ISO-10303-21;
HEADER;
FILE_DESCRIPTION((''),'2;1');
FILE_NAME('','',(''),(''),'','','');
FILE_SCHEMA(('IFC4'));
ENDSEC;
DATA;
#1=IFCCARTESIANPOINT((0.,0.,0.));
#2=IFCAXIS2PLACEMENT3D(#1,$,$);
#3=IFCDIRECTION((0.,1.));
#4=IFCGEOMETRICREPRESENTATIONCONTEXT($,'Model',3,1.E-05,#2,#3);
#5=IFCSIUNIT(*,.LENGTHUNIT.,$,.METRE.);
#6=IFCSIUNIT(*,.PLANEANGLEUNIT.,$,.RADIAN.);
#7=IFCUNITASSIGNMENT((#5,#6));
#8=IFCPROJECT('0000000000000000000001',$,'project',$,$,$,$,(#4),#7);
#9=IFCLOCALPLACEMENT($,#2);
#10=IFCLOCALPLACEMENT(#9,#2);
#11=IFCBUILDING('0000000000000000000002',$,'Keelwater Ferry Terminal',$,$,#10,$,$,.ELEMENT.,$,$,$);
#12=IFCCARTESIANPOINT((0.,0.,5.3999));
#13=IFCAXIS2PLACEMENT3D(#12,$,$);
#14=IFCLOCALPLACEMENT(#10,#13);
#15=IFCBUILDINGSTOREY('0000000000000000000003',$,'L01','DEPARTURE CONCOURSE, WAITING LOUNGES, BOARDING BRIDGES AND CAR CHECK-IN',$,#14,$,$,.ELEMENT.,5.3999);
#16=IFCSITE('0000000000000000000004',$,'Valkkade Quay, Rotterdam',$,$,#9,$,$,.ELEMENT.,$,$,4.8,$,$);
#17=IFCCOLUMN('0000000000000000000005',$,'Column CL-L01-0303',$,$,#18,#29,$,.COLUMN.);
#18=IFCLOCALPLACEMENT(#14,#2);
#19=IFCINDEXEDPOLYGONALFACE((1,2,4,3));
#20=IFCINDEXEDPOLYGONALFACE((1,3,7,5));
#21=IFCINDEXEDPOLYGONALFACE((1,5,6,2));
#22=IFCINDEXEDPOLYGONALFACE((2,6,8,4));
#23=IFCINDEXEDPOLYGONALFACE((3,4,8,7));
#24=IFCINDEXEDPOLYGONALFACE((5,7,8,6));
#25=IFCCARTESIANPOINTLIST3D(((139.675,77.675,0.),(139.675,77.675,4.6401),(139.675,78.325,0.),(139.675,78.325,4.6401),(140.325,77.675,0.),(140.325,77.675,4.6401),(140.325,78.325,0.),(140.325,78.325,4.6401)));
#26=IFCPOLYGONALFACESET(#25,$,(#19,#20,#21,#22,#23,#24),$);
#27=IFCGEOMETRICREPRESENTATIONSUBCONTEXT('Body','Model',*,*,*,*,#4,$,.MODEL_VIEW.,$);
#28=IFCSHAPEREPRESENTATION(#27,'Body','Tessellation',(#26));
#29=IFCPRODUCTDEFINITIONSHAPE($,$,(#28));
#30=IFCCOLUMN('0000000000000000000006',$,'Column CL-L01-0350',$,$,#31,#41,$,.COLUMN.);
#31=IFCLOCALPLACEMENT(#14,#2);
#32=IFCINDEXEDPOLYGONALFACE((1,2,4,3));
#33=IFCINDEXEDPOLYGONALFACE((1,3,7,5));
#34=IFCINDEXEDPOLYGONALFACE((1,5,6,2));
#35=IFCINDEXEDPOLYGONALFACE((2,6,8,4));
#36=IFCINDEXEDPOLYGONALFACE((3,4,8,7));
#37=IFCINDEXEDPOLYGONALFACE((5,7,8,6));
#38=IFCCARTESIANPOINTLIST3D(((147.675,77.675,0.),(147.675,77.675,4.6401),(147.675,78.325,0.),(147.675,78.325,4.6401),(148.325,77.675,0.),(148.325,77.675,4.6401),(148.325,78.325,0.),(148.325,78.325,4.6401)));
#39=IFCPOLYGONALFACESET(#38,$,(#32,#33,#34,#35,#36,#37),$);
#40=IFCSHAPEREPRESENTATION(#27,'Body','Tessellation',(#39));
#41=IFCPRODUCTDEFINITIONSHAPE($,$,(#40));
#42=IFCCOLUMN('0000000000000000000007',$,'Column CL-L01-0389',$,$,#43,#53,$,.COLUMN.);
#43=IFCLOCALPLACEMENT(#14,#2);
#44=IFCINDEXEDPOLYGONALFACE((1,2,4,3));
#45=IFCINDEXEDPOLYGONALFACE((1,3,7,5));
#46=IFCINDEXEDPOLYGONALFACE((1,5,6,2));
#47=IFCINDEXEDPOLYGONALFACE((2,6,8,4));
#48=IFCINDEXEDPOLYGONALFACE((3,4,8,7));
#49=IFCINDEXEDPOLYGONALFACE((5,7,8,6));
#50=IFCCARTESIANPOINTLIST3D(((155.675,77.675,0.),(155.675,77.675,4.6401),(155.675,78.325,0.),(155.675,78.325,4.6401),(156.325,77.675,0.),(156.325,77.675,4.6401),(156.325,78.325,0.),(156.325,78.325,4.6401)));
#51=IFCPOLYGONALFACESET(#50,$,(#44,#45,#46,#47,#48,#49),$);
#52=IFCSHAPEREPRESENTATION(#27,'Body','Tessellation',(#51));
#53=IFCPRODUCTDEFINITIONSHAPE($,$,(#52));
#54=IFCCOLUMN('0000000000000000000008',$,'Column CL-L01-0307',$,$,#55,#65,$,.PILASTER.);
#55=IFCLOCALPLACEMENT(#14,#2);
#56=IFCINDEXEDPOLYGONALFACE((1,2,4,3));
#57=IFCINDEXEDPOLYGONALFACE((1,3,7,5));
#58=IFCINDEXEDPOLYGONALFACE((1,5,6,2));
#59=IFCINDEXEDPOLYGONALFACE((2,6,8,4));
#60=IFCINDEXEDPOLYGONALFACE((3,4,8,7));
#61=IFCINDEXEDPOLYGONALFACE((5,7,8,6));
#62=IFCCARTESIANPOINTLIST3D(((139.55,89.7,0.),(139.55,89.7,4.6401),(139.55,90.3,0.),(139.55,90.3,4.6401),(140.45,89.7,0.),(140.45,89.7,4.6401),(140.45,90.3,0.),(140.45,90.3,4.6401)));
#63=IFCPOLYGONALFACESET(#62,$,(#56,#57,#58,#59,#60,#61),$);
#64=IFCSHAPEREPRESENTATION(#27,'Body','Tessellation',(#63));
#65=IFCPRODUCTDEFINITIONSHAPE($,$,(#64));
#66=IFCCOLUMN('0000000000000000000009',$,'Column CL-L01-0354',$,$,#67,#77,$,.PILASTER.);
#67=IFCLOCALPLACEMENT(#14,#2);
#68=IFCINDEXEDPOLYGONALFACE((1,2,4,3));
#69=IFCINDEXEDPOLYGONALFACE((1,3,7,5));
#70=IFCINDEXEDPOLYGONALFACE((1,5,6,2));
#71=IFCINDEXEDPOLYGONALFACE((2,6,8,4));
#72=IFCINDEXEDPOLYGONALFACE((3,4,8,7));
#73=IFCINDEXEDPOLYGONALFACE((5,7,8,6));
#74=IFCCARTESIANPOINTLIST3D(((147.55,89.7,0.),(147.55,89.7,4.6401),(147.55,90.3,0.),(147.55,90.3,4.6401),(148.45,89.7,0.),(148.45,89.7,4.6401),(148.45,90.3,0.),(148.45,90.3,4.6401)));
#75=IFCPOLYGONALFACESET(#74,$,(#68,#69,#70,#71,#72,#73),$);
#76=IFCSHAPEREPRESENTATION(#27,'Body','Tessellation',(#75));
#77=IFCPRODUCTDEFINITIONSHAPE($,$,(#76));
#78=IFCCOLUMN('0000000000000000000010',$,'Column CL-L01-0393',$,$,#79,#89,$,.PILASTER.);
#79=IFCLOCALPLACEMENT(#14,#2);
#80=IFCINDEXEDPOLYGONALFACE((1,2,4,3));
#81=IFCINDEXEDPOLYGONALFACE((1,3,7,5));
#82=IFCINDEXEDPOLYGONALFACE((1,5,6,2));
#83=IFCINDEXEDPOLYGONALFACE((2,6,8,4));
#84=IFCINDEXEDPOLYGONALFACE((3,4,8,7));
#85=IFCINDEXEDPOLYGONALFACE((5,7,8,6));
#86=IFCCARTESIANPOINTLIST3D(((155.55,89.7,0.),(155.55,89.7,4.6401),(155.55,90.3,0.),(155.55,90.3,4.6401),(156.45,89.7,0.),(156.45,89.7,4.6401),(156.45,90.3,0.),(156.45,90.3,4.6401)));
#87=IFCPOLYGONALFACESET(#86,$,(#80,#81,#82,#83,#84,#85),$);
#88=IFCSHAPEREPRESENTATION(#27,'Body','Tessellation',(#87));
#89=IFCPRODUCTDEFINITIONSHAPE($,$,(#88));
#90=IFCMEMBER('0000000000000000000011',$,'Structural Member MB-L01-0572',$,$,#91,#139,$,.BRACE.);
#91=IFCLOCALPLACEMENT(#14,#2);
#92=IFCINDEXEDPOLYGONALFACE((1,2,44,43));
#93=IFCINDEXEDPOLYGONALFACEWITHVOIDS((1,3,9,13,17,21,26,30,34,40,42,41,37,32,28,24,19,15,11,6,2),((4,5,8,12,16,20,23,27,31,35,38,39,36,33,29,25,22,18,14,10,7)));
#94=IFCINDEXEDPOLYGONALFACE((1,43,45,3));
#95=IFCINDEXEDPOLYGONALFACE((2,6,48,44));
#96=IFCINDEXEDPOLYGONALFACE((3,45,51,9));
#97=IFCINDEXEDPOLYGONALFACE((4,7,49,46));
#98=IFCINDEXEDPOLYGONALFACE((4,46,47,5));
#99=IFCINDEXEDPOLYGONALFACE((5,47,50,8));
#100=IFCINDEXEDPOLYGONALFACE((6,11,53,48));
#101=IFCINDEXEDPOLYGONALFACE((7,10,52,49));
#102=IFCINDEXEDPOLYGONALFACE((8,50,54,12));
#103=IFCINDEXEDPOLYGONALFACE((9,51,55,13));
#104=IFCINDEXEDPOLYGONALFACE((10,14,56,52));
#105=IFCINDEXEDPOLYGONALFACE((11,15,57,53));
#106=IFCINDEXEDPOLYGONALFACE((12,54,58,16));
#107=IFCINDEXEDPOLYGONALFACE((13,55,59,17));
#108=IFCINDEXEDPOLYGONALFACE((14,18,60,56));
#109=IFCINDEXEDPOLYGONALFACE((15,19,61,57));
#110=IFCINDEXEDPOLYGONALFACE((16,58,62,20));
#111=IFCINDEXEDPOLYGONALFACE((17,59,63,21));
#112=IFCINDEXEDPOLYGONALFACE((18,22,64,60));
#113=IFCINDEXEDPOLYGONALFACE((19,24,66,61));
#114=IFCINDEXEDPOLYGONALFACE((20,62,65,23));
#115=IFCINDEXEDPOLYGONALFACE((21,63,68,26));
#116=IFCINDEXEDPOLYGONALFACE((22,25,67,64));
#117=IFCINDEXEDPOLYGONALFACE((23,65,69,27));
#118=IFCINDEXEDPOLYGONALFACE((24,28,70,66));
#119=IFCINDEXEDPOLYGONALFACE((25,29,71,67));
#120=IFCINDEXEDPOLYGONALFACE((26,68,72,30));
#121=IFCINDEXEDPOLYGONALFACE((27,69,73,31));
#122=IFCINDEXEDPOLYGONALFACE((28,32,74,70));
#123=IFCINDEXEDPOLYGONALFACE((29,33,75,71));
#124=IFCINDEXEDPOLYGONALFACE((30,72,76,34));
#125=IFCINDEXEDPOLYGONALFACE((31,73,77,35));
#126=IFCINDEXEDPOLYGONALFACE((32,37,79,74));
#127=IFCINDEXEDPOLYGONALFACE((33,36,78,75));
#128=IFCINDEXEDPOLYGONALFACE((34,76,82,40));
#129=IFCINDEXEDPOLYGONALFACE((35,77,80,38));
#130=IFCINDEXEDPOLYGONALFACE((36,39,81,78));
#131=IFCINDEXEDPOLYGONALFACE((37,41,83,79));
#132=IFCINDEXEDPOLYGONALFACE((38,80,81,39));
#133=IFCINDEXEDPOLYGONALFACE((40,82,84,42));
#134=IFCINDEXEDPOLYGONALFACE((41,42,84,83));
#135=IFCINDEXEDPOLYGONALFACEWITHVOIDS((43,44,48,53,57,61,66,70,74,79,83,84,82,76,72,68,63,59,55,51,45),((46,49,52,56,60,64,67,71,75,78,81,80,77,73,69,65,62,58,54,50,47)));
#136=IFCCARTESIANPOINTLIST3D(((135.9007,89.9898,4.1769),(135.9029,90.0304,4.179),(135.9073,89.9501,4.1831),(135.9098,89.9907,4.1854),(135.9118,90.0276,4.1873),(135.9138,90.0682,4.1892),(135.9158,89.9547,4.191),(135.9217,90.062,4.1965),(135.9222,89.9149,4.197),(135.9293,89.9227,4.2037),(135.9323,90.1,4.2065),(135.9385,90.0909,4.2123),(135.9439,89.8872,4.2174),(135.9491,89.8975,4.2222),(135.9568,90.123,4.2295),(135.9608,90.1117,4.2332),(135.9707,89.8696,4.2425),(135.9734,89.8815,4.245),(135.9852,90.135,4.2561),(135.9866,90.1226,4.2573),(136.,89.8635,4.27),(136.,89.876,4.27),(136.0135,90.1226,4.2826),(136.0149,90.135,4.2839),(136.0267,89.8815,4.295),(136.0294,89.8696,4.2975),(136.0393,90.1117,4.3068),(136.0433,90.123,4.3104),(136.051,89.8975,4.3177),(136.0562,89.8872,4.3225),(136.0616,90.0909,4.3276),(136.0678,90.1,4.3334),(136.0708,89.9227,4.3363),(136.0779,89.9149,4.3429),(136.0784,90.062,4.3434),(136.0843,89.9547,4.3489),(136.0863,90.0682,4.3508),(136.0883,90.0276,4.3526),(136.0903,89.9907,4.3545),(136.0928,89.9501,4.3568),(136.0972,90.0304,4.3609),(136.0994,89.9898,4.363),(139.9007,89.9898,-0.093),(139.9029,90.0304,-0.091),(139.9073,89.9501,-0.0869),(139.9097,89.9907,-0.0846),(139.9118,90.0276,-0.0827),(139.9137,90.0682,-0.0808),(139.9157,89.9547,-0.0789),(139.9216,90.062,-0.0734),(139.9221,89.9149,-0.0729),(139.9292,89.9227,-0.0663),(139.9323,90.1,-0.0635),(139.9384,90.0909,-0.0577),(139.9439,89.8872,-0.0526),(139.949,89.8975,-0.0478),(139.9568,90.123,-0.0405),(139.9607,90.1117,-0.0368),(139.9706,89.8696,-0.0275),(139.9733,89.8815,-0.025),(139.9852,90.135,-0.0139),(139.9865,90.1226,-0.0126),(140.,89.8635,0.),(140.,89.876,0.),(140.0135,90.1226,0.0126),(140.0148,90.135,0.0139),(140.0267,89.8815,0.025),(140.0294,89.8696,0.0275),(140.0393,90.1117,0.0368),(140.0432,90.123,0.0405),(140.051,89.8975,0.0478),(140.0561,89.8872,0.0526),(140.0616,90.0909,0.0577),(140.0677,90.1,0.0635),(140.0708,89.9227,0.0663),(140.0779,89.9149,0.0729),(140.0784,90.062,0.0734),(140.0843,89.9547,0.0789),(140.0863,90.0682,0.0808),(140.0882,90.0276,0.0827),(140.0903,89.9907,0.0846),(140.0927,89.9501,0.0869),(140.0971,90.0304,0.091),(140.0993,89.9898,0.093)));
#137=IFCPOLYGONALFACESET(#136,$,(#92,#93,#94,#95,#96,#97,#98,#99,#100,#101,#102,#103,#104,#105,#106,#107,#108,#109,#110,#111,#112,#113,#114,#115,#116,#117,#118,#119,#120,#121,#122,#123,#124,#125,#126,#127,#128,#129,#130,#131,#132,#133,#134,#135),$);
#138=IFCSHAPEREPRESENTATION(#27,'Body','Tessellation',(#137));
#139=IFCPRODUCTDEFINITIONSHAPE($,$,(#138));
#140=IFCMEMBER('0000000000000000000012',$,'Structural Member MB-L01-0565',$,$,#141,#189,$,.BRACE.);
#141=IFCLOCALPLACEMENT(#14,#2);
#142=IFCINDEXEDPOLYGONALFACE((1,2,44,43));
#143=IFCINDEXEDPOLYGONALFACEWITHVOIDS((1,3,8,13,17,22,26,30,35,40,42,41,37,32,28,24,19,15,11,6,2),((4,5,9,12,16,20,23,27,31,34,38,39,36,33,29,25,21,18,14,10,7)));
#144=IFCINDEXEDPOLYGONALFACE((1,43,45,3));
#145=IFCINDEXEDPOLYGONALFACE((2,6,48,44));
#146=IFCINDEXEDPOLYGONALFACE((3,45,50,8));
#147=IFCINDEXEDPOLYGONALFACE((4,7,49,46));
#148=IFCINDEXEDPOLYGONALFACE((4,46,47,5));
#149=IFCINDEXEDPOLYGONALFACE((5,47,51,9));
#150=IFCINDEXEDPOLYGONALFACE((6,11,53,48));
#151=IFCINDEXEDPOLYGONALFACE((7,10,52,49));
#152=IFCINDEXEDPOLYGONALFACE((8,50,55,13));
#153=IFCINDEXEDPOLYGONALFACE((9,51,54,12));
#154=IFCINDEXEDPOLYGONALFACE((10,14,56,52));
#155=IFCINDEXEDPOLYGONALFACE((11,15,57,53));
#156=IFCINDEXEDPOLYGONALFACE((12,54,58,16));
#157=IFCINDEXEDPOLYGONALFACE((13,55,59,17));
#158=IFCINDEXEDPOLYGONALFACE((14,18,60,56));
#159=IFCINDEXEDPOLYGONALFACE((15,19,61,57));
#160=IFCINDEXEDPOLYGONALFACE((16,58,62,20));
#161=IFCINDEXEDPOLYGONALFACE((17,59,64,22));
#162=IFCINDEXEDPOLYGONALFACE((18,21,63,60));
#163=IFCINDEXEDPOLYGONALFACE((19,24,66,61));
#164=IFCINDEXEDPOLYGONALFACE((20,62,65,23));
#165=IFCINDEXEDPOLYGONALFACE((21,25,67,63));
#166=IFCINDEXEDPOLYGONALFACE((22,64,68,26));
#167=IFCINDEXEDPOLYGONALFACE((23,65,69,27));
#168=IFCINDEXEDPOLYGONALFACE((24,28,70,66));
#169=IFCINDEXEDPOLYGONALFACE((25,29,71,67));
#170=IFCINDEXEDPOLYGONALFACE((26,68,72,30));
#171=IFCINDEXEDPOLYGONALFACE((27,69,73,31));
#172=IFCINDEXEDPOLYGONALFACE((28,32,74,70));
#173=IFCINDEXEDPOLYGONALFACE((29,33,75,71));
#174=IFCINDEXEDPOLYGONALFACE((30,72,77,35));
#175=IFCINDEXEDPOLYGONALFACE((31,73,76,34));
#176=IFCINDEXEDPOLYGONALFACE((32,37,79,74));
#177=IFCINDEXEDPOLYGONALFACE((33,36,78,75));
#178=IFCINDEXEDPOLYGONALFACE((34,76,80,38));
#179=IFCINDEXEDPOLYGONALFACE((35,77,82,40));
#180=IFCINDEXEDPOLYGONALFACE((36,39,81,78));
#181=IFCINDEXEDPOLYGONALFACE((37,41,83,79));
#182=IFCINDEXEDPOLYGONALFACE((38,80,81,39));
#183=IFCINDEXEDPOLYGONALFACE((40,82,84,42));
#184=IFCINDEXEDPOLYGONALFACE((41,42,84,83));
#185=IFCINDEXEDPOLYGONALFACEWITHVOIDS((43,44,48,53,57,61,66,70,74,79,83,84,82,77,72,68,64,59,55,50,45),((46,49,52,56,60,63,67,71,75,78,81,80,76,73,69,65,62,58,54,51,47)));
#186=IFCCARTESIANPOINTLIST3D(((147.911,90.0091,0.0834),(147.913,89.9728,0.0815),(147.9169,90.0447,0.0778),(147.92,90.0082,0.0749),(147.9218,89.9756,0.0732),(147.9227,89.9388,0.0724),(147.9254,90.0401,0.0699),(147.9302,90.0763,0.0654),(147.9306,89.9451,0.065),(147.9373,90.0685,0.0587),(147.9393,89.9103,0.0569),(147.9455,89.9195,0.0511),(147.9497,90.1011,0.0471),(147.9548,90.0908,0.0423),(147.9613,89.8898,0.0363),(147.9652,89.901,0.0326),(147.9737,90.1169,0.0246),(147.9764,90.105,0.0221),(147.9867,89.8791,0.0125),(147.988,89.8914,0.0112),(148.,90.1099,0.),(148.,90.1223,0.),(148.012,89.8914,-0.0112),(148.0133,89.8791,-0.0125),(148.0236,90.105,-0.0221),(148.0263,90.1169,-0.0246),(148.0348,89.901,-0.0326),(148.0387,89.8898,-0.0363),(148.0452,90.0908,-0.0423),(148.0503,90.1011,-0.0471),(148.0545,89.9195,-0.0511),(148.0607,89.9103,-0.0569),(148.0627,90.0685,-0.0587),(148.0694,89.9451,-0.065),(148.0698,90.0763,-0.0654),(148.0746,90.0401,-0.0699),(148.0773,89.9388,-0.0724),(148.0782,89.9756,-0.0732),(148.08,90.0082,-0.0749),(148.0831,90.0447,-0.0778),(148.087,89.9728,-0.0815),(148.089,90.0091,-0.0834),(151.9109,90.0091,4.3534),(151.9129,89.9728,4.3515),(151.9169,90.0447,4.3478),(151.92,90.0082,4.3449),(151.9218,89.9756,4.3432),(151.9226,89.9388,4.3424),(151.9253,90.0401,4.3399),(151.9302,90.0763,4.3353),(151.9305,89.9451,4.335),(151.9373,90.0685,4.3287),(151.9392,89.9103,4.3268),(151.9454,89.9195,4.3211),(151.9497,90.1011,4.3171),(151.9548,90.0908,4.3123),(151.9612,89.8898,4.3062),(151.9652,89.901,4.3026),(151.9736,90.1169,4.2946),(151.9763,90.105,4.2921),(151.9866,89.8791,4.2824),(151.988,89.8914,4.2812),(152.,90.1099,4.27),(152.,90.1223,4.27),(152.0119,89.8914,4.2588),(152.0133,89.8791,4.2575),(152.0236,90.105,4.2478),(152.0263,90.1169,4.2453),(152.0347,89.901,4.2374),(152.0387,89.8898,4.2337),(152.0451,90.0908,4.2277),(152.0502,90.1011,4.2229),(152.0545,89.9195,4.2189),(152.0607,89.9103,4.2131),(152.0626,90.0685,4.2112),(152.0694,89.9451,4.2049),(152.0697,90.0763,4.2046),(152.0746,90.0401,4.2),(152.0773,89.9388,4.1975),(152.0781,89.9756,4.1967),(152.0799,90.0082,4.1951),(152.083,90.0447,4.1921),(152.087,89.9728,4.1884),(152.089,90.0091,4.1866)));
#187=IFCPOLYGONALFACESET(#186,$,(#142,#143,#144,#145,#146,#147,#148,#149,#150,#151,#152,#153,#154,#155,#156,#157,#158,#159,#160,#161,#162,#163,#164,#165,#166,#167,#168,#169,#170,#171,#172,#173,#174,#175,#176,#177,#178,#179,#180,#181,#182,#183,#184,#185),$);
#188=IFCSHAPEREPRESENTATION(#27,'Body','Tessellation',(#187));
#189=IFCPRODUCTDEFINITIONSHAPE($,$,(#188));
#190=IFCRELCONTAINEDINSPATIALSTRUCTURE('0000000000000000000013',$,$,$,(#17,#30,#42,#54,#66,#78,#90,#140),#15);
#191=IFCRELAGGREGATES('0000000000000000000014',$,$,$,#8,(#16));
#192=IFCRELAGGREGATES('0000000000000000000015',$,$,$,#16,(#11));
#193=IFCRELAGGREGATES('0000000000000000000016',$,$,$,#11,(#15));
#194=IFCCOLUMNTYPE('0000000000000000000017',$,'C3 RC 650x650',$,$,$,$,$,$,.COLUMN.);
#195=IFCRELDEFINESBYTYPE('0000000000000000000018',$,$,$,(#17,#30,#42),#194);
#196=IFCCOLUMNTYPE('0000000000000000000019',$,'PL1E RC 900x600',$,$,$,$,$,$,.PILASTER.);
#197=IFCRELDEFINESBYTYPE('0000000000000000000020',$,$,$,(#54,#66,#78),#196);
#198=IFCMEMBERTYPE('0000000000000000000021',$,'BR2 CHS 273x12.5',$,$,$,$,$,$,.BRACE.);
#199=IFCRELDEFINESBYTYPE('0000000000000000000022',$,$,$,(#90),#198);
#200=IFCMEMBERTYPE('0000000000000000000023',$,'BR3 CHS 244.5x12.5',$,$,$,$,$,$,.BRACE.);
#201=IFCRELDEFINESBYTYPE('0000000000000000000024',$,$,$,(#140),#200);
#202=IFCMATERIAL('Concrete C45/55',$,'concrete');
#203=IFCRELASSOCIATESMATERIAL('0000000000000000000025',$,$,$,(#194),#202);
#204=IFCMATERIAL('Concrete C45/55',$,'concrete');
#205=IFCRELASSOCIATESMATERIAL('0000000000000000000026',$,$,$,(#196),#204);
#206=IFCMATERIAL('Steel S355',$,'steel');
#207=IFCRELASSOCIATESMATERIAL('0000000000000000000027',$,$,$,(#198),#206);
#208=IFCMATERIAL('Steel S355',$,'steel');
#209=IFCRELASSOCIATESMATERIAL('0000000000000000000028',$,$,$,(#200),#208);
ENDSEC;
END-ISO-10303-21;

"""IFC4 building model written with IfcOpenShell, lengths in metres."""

from ifc_helpers import new_model, si_unit, direction, frame, origin, origin_2d, place, context, subcontext, project, spatial, rectangle, hollow_circle, extrude, material, material_profile, profile_set, type_object, element, save


model = new_model("IFC4")

# Units and contexts
model_context = context("Model", 3, precision=1e-05, world=origin(), true_north=direction((0.0, 1.0)))
body_context = subcontext(model_context, "Body", "Model", "MODEL_VIEW")
ifc_project = project(units=[si_unit("LENGTHUNIT", "METRE"), si_unit("PLANEANGLEUNIT", "RADIAN")], contexts=[model_context])

# Site, building, storey
site_placement = place(None, origin())
site = spatial("IfcSite", under=ifc_project, at=site_placement, Name="Valkkade Quay, Rotterdam", CompositionType="ELEMENT", RefElevation=4.8)
building_placement = place(site_placement, origin())
building = spatial("IfcBuilding", under=site, at=building_placement, Name="Keelwater Ferry Terminal", CompositionType="ELEMENT")
storey_placement = place(building_placement, frame((0.0, 0.0, 5.3999)))
storey = spatial("IfcBuildingStorey", under=building, at=storey_placement, Name="L01", Description="DEPARTURE CONCOURSE, WAITING LOUNGES, BOARDING BRIDGES AND CAR CHECK-IN", CompositionType="ELEMENT", Elevation=5.3999)

# Columns
ifc_material_1 = material(Name="Concrete C45/55", Category="concrete")
ifc_material_profile_1 = material_profile(ifc_material_1, rectangle(XDim=0.6499, YDim=0.6499, at=origin_2d()), Name="RC 650x650")
ifc_profile_set_1 = profile_set([ifc_material_profile_1], Name="Concrete C45/55")
column_type_1 = type_object("IfcColumnType", Name="C3 RC 650x650", PredefinedType="COLUMN", material=ifc_profile_set_1)
for number, where, z_axis, x_axis, name in (
    (1, (140.0, 78.0, 0.0), (0.0, 0.0, 1.0), (1.0, 0.0, 0.0), "Column CL-L01-0303"),
    (2, (148.0, 78.0, 0.0), (0.0, 0.0, 1.0), (1.0, 0.0, 0.0), "Column CL-L01-0350"),
    (3, (156.0, 78.0, 0.0), (0.0, 0.0, 1.0), (1.0, 0.0, 0.0), "Column CL-L01-0389"),
):
    element("IfcColumn", number, at=place(storey_placement, frame(where, z_axis=z_axis, x_axis=x_axis)), inside=storey, type_object=column_type_1, Name=name, PredefinedType="COLUMN", context=body_context, shape_type="SweptSolid", body=[
        extrude(rectangle(XDim=0.6499, YDim=0.6499, at=origin_2d()), origin(), (0.0, 0.0, 1.0), 4.6401),
    ])
ifc_material_2 = material(Name="Concrete C45/55", Category="concrete")
ifc_material_profile_2 = material_profile(ifc_material_2, rectangle(XDim=0.6001, YDim=0.8999, at=origin_2d()), Name="RC 900x600")
ifc_profile_set_2 = profile_set([ifc_material_profile_2], Name="Concrete C45/55")
column_type_2 = type_object("IfcColumnType", Name="PL1E RC 900x600", PredefinedType="PILASTER", material=ifc_profile_set_2)
for number, where, z_axis, x_axis, name in (
    (4, (140.0, 90.0, 0.0), (0.0, 0.0, 1.0), (0.0, 1.0, 0.0), "Column CL-L01-0307"),
    (5, (148.0, 90.0, 0.0), (0.0, 0.0, 1.0), (0.0, 1.0, 0.0), "Column CL-L01-0354"),
    (6, (156.0, 90.0, 0.0), (0.0, 0.0, 1.0), (0.0, 1.0, 0.0), "Column CL-L01-0393"),
):
    element("IfcColumn", number, at=place(storey_placement, frame(where, z_axis=z_axis, x_axis=x_axis)), inside=storey, type_object=column_type_2, Name=name, PredefinedType="PILASTER", context=body_context, shape_type="SweptSolid", body=[
        extrude(rectangle(XDim=0.6001, YDim=0.8999, at=origin_2d()), origin(), (0.0, 0.0, 1.0), 4.6401),
    ])

# Members
ifc_material_3 = material(Name="Steel S355", Category="steel")
ifc_material_profile_3 = material_profile(ifc_material_3, hollow_circle(Radius=0.1365, WallThickness=0.0125, at=origin_2d()), Name="CHS 273x12.5")
ifc_profile_set_3 = profile_set([ifc_material_profile_3], Name="Steel S355")
member_type_1 = type_object("IfcMemberType", Name="BR2 CHS 273x12.5", PredefinedType="BRACE", material=ifc_profile_set_3)
member_placement = place(storey_placement, frame((140.0, 90.0, 0.0), z_axis=(-0.683655, 0.0, 0.729805), x_axis=(0.0, -1.0, 0.0)))
element("IfcMember", 7, at=member_placement, inside=storey, type_object=member_type_1, Name="Structural Member MB-L01-0572", PredefinedType="BRACE", context=body_context, shape_type="SweptSolid", body=[
    extrude(hollow_circle(Radius=0.1365, WallThickness=0.0125, at=origin_2d()), origin(), (0.0, 0.0, 1.0), 5.8508),
])
ifc_material_4 = material(Name="Steel S355", Category="steel")
ifc_material_profile_4 = material_profile(ifc_material_4, hollow_circle(Radius=0.1223, WallThickness=0.0125, at=origin_2d()), Name="CHS 244.5x12.5")
ifc_profile_set_4 = profile_set([ifc_material_profile_4], Name="Steel S355")
member_type_2 = type_object("IfcMemberType", Name="BR3 CHS 244.5x12.5", PredefinedType="BRACE", material=ifc_profile_set_4)
for number, where, z_axis, x_axis, name in (
    (8, (148.0, 90.0, 0.0), (0.683655, 0.0, 0.729805), (0.0, 1.0, 0.0), "Structural Member MB-L01-0565"),
):
    element("IfcMember", number, at=place(storey_placement, frame(where, z_axis=z_axis, x_axis=x_axis)), inside=storey, type_object=member_type_2, Name=name, PredefinedType="BRACE", context=body_context, shape_type="SweptSolid", body=[
        extrude(hollow_circle(Radius=0.1223, WallThickness=0.0125, at=origin_2d()), origin(), (0.0, 0.0, 1.0), 5.8508),
    ])

save(model, "model.ifc")
